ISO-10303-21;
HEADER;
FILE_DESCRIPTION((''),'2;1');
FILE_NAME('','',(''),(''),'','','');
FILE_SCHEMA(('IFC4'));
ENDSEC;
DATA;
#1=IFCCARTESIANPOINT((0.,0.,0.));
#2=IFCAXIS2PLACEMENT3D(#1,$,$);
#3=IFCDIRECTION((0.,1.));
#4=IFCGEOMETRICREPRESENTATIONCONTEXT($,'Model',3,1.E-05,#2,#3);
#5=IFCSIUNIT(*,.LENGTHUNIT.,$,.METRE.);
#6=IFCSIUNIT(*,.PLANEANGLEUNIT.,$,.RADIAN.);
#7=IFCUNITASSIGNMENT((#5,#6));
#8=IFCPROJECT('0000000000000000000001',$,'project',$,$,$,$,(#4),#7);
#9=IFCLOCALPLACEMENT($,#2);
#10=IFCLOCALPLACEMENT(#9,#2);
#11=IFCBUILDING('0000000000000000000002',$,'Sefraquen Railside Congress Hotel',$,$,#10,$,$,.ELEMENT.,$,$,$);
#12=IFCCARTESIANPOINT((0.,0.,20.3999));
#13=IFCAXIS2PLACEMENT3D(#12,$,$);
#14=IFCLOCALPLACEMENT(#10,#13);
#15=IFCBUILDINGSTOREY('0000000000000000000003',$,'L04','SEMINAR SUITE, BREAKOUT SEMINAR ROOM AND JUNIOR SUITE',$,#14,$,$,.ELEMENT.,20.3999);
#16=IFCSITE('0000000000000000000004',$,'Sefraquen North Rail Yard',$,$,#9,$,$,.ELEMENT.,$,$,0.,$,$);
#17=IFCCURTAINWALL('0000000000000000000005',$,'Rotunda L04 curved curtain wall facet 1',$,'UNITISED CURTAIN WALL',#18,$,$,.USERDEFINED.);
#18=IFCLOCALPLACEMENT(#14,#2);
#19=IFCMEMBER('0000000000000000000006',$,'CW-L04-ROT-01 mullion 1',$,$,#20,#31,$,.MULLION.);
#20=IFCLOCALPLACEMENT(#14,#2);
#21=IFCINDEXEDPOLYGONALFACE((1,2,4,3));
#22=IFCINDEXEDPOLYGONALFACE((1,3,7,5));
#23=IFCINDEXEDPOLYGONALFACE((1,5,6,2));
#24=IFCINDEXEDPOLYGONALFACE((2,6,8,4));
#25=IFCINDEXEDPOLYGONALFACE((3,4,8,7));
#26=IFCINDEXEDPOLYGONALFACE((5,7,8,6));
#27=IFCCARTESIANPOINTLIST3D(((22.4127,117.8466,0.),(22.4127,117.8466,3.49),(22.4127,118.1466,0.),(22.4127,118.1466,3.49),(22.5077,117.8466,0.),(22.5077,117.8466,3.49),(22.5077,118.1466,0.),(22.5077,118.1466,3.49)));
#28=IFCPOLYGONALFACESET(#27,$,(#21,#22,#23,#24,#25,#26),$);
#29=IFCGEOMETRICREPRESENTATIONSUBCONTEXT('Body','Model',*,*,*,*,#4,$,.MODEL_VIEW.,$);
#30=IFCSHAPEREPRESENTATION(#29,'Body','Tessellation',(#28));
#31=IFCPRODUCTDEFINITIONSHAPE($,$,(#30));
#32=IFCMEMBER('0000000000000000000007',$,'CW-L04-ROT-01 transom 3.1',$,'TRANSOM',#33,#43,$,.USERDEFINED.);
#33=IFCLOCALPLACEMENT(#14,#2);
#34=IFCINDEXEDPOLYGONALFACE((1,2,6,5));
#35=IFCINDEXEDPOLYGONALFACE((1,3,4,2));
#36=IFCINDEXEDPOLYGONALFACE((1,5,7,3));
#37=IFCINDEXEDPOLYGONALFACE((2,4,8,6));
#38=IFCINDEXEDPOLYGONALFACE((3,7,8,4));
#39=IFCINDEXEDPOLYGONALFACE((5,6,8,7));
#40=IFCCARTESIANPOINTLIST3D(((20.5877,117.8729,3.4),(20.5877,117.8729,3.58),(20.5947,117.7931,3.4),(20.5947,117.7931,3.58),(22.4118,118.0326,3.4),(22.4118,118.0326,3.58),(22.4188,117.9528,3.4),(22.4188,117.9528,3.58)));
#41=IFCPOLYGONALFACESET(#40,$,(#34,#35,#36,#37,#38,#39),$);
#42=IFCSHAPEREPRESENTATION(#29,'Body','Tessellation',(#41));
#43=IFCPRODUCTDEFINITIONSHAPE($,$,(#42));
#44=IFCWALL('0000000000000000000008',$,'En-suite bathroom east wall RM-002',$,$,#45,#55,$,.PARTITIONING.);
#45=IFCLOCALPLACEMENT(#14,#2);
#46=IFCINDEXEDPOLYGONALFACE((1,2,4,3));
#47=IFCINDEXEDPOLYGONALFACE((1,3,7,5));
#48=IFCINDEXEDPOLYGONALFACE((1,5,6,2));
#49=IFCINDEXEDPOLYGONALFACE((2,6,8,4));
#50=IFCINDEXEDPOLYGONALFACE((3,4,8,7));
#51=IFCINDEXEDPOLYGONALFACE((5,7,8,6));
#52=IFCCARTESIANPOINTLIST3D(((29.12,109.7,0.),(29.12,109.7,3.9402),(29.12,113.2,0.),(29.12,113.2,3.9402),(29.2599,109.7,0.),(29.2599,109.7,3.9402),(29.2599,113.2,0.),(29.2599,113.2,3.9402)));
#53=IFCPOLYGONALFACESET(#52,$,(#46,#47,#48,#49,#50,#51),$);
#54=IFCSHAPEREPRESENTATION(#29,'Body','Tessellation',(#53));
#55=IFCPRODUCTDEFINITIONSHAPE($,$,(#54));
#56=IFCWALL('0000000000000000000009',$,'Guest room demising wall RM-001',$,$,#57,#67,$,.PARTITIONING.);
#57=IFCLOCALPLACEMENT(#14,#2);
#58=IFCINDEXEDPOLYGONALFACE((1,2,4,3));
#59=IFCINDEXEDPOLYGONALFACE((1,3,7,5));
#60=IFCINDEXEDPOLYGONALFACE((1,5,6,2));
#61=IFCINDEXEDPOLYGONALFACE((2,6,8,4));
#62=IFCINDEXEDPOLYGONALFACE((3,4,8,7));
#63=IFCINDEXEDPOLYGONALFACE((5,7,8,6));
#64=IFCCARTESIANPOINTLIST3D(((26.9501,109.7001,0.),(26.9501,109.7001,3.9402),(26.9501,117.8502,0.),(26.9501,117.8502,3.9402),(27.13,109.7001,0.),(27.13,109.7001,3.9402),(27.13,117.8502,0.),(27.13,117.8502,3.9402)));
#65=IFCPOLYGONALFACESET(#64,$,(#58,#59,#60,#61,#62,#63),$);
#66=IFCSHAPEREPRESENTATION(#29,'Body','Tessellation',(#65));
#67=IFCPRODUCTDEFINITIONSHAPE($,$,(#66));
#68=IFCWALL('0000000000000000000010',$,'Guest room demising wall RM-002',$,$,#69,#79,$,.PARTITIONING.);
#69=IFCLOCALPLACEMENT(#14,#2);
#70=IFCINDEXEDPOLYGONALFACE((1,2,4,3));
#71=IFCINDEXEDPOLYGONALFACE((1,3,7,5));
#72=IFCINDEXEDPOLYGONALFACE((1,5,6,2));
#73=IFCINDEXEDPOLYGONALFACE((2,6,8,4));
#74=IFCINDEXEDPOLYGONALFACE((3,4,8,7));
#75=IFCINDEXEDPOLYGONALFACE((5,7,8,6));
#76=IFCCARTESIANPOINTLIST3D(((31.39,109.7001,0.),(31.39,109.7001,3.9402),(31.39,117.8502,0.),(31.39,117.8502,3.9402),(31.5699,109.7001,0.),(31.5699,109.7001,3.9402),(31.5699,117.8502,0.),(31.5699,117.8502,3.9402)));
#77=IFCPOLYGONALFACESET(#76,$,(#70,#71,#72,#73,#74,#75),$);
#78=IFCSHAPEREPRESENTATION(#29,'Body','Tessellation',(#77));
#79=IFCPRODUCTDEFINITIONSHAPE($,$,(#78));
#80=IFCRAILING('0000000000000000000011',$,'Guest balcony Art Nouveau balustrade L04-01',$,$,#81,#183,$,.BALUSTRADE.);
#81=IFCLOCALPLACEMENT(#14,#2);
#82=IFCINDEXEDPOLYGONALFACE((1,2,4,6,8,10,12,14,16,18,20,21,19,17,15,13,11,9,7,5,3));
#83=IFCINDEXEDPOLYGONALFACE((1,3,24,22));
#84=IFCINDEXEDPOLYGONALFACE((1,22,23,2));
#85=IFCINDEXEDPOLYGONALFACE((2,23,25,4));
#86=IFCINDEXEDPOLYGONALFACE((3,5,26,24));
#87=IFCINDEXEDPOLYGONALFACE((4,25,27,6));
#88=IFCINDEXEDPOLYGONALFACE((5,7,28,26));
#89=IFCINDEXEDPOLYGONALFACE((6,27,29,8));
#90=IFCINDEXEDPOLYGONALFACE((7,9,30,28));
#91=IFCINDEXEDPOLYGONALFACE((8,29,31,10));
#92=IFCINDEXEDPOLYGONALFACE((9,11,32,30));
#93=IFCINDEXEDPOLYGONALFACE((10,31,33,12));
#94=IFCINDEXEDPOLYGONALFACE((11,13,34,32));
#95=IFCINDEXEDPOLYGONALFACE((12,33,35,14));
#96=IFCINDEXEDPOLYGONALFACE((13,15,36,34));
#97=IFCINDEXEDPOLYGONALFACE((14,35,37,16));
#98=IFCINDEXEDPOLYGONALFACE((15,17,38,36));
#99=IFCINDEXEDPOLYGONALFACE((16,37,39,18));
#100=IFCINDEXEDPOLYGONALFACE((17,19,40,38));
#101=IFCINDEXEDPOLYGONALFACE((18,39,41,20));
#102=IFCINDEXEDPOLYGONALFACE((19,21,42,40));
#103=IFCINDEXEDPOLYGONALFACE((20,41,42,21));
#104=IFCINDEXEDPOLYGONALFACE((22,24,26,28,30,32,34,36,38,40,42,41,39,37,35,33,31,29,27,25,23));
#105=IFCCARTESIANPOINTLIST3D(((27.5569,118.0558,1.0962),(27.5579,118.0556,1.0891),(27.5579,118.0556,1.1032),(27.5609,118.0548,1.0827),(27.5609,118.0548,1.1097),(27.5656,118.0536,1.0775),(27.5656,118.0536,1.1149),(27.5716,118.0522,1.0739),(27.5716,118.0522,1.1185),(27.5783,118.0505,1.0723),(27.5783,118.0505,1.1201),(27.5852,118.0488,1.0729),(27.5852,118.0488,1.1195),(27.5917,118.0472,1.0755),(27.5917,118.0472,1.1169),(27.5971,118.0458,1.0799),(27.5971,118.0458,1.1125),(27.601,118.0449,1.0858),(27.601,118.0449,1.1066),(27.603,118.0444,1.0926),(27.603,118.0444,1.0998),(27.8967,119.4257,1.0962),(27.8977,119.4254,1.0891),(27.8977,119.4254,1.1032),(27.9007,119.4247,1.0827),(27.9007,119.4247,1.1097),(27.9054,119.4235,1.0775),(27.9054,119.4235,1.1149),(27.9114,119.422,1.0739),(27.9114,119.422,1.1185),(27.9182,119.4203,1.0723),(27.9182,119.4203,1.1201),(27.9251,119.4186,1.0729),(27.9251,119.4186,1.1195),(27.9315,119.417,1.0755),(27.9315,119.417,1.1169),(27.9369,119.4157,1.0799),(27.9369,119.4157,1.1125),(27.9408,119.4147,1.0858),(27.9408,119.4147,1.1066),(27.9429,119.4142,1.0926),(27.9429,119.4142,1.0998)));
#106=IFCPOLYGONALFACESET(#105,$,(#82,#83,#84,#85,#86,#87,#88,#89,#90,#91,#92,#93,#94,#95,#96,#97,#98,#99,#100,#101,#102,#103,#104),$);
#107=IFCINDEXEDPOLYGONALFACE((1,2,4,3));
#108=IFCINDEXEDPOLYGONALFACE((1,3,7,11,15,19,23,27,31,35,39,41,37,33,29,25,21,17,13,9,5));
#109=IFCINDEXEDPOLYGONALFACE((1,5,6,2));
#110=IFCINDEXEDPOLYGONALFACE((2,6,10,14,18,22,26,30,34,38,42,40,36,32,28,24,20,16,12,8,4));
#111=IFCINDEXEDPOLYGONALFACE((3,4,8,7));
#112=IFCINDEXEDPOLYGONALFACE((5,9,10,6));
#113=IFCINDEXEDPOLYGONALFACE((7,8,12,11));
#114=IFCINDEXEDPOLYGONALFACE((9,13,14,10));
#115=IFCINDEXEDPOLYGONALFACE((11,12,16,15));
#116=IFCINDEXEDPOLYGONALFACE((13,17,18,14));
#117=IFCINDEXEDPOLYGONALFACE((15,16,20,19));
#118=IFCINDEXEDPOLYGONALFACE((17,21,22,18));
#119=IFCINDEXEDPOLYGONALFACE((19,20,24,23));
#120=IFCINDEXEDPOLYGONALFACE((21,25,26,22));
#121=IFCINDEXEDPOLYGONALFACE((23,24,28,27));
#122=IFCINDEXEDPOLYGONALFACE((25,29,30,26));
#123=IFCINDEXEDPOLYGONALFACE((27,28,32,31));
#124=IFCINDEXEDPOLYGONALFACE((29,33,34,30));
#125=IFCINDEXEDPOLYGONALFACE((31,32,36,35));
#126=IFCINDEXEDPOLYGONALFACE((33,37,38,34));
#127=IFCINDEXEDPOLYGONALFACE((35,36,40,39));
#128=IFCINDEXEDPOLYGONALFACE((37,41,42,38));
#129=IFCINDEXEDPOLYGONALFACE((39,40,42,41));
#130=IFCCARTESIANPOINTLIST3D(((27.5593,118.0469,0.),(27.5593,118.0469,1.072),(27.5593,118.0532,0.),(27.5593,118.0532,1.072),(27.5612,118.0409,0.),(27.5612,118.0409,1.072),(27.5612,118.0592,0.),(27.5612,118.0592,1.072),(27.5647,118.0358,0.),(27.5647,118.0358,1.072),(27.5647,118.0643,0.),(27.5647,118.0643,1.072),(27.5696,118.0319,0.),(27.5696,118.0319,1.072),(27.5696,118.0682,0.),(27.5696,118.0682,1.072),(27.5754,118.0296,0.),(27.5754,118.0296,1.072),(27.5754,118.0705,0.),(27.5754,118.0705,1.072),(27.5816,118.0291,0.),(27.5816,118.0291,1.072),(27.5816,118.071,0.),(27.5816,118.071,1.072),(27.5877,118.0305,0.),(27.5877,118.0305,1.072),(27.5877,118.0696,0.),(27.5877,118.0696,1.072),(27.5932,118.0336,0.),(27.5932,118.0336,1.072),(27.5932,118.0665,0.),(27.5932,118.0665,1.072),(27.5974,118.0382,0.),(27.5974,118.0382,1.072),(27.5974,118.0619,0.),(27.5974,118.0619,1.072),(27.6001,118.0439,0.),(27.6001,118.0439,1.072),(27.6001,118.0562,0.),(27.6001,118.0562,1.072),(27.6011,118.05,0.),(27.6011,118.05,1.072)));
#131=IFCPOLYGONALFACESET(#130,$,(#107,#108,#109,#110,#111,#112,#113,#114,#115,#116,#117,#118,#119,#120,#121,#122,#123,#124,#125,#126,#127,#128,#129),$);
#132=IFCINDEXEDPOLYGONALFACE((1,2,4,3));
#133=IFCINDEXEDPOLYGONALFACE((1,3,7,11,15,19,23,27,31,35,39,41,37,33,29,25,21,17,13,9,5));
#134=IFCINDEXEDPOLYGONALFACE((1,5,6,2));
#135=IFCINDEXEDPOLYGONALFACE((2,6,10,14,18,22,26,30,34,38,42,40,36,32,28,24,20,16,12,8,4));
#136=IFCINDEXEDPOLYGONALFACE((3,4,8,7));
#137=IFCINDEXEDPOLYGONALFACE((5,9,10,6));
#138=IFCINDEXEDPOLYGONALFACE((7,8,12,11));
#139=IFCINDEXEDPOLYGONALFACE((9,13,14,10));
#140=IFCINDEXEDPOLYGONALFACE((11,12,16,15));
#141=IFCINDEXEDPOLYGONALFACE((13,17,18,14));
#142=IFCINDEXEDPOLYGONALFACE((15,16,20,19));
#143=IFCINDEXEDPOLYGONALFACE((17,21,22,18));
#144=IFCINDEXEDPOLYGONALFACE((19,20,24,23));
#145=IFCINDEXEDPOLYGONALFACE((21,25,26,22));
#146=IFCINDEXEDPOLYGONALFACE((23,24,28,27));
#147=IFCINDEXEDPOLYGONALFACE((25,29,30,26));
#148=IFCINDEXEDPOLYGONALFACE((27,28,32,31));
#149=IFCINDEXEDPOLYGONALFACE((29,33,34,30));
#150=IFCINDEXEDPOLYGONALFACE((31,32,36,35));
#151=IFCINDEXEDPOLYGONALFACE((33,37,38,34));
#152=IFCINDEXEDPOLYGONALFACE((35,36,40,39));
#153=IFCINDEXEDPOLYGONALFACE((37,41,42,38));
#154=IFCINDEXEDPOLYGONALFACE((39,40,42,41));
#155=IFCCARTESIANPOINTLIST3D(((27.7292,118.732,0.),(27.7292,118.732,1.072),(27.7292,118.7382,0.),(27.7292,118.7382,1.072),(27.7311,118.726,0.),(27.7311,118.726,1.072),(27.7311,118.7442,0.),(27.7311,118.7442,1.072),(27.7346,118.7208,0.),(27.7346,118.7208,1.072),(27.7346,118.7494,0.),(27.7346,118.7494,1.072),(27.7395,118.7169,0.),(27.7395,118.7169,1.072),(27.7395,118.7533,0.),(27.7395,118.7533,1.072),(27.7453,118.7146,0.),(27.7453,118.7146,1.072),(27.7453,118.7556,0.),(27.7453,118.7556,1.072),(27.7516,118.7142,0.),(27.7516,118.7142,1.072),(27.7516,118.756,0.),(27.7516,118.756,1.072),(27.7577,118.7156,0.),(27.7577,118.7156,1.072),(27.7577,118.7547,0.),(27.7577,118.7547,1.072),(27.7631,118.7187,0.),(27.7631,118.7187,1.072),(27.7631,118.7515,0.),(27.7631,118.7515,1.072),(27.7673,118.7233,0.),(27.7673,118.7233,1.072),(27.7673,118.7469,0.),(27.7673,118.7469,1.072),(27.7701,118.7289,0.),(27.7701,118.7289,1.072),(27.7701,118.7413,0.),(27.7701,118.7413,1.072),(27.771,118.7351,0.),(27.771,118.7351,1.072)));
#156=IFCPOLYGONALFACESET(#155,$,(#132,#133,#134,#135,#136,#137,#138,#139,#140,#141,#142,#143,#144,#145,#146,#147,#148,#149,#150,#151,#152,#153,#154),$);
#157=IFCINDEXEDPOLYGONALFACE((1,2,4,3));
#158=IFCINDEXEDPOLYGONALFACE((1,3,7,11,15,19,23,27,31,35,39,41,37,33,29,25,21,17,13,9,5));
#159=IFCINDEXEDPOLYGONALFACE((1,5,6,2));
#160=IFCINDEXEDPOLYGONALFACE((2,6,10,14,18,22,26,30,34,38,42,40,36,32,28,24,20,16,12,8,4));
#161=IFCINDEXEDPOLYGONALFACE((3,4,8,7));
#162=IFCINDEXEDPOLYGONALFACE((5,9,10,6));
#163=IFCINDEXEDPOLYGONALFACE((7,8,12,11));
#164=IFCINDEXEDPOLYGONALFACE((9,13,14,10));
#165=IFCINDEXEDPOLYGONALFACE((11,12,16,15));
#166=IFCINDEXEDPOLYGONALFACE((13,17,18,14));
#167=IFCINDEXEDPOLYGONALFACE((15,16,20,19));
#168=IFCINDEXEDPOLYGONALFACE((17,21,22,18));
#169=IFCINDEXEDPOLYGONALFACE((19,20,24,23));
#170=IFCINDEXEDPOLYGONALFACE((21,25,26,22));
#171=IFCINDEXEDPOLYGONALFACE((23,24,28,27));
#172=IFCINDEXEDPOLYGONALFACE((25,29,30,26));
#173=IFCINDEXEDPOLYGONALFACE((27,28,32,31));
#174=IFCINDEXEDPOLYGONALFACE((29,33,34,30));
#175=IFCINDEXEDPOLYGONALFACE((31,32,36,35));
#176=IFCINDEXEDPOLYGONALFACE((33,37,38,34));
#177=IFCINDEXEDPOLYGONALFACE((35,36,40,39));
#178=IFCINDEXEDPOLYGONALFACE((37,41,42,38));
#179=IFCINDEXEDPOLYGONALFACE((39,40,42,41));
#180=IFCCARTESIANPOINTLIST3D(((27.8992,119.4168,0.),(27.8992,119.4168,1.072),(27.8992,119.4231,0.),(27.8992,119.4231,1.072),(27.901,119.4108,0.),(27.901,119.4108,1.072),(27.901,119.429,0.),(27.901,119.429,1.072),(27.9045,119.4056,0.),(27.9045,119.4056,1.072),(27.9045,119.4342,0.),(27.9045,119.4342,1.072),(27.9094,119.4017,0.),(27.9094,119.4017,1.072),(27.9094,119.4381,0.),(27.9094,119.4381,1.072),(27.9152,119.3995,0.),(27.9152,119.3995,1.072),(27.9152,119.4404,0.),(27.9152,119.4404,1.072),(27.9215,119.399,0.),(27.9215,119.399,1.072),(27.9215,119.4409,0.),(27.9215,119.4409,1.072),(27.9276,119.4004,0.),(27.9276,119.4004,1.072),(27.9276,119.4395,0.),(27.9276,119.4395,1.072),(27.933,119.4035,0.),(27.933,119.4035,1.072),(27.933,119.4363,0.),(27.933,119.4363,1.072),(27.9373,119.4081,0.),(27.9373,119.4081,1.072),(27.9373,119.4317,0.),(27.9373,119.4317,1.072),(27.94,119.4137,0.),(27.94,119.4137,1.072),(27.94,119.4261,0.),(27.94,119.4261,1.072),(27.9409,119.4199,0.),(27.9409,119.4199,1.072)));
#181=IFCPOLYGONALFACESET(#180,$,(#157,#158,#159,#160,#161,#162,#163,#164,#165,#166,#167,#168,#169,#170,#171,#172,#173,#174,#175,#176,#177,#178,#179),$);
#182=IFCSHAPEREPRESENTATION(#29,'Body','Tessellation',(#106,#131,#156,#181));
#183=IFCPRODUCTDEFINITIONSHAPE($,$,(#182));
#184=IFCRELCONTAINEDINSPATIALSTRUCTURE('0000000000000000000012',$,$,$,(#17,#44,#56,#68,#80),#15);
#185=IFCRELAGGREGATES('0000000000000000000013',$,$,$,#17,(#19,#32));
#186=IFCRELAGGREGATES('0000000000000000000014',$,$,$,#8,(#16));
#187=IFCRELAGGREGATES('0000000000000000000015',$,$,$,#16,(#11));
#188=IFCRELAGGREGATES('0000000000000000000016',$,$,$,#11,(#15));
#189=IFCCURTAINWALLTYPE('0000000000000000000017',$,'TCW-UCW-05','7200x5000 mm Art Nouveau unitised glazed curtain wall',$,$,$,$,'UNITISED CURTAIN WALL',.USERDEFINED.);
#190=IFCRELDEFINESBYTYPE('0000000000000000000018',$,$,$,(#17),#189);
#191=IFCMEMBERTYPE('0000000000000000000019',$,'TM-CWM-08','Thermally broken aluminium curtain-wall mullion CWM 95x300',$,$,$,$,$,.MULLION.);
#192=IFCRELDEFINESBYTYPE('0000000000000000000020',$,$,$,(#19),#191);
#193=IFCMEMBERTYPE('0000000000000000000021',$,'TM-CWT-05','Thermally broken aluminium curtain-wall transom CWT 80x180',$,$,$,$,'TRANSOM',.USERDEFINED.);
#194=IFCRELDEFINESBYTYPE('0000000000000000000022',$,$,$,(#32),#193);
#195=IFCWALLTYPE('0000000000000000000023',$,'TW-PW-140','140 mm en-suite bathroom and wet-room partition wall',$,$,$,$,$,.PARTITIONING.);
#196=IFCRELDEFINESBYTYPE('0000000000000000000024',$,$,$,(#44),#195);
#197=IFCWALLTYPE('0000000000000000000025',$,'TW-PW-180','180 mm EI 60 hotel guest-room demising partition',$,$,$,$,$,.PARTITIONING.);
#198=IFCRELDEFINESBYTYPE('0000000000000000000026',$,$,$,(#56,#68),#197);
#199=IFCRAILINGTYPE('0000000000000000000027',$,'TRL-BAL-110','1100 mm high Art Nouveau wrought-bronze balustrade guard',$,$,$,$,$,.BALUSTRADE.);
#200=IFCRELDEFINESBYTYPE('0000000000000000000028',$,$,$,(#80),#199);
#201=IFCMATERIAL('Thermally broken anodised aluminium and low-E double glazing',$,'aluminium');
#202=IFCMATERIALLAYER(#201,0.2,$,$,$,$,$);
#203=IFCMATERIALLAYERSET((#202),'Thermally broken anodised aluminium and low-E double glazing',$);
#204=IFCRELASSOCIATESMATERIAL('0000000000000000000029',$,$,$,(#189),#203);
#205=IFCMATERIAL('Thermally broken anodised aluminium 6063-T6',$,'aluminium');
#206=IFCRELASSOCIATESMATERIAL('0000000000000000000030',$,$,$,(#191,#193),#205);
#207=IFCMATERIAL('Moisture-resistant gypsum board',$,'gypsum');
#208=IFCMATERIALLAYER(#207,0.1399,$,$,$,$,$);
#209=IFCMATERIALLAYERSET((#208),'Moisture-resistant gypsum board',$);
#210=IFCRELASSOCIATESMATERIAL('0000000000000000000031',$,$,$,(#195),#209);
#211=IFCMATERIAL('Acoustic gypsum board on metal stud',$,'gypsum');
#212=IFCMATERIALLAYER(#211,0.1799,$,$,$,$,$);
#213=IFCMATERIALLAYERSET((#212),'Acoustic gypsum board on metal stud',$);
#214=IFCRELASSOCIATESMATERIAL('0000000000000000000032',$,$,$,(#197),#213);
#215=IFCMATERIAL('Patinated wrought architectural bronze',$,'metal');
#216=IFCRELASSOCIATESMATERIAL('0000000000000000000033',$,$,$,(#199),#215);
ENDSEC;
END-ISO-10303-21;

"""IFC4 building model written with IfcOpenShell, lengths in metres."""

from ifc_helpers import new_model, si_unit, direction, frame, frame_2d, origin, origin_2d, place, context, subcontext, project, spatial, rectangle, circle, extrude, material, layer, layer_set, material_profile, profile_set, type_object, element, aggregate, save


model = new_model("IFC4")

# Units and contexts
model_context = context("Model", 3, precision=1e-05, world=origin(), true_north=direction((0.0, 1.0)))
body_context = subcontext(model_context, "Body", "Model", "MODEL_VIEW")
ifc_project = project(units=[si_unit("LENGTHUNIT", "METRE"), si_unit("PLANEANGLEUNIT", "RADIAN")], contexts=[model_context])

# Site, building, storey
site_placement = place(None, origin())
site = spatial("IfcSite", under=ifc_project, at=site_placement, Name="Sefraquen North Rail Yard", CompositionType="ELEMENT", RefElevation=0.0)
building_placement = place(site_placement, origin())
building = spatial("IfcBuilding", under=site, at=building_placement, Name="Sefraquen Railside Congress Hotel", CompositionType="ELEMENT")
storey_placement = place(building_placement, frame((0.0, 0.0, 20.3999)))
storey = spatial("IfcBuildingStorey", under=building, at=storey_placement, Name="L04", Description="SEMINAR SUITE, BREAKOUT SEMINAR ROOM AND JUNIOR SUITE", CompositionType="ELEMENT", Elevation=20.3999)

# Curtain wall, members
ifc_material_1 = material(Name="Thermally broken anodised aluminium and low-E double glazing", Category="aluminium")
ifc_layer_1 = layer(ifc_material_1, 0.2)
ifc_layer_set_1 = layer_set([ifc_layer_1], Name="Thermally broken anodised aluminium and low-E double glazing")
curtain_wall_type = type_object("IfcCurtainWallType", Name="TCW-UCW-05", Description="7200x5000 mm Art Nouveau unitised glazed curtain wall", ElementType="UNITISED CURTAIN WALL", PredefinedType="USERDEFINED", material=ifc_layer_set_1)
curtain_wall_placement = place(storey_placement, origin())
curtain_wall = element("IfcCurtainWall", 1, at=curtain_wall_placement, inside=storey, type_object=curtain_wall_type, Name="Rotunda L04 curved curtain wall facet 1", ObjectType="UNITISED CURTAIN WALL", PredefinedType="USERDEFINED")
ifc_material_2 = material(Name="Thermally broken anodised aluminium 6063-T6", Category="aluminium")
ifc_material_profile_1 = material_profile(ifc_material_2, rectangle(XDim=0.095, YDim=0.3, at=origin_2d()), Name="CWM 95x300")
ifc_profile_set_1 = profile_set([ifc_material_profile_1], Name="Thermally broken anodised aluminium 6063-T6")
member_type_1 = type_object("IfcMemberType", Name="TM-CWM-08", Description="Thermally broken aluminium curtain-wall mullion CWM 95x300", PredefinedType="MULLION", material=ifc_profile_set_1)
member_1_placement = place(storey_placement, frame((22.4602, 117.9966, 0.0), z_axis=(0.0, 0.0, 1.0), x_axis=(1.0, 0.0, 0.0)))
member_1 = element("IfcMember", 2, at=member_1_placement, type_object=member_type_1, Name="CW-L04-ROT-01 mullion 1", PredefinedType="MULLION", context=body_context, shape_type="SweptSolid", body=[
    extrude(rectangle(XDim=0.095, YDim=0.3, at=origin_2d()), origin(), (0.0, 0.0, 1.0), 3.49),
])
ifc_material_profile_2 = material_profile(ifc_material_2, rectangle(XDim=0.0801, YDim=0.1799, at=origin_2d()), Name="CWT 80x180")
ifc_profile_set_2 = profile_set([ifc_material_profile_2], Name="Thermally broken anodised aluminium 6063-T6")
member_type_2 = type_object("IfcMemberType", Name="TM-CWT-05", Description="Thermally broken aluminium curtain-wall transom CWT 80x180", ElementType="TRANSOM", PredefinedType="USERDEFINED", material=ifc_profile_set_2)
member_2_placement = place(storey_placement, frame((22.4153, 117.9927, 3.49), z_axis=(-0.99619, -0.087205, 0.0), x_axis=(0.087205, -0.99619, 0.0)))
member_2 = element("IfcMember", 3, at=member_2_placement, type_object=member_type_2, Name="CW-L04-ROT-01 transom 3.1", ObjectType="TRANSOM", PredefinedType="USERDEFINED", context=body_context, shape_type="SweptSolid", body=[
    extrude(rectangle(XDim=0.0801, YDim=0.1799, at=origin_2d()), origin(), (0.0, 0.0, 1.0), 1.8311),
])
aggregate(curtain_wall, [member_1, member_2])

# Shared definitions
ifc_material_3 = material(Name="Moisture-resistant gypsum board", Category="gypsum")
ifc_layer_2 = layer(ifc_material_3, 0.1399)
ifc_layer_set_2 = layer_set([ifc_layer_2], Name="Moisture-resistant gypsum board")
wall_type_1 = type_object("IfcWallType", Name="TW-PW-140", Description="140 mm en-suite bathroom and wet-room partition wall", PredefinedType="PARTITIONING", material=ifc_layer_set_2)

# Wall
wall_1_placement = place(storey_placement, frame((29.1899, 109.7, 0.0), z_axis=(0.0, 0.0, 1.0), x_axis=(0.0, 1.0, 0.0)))
element("IfcWall", 4, at=wall_1_placement, inside=storey, type_object=wall_type_1, Name="En-suite bathroom east wall RM-002", PredefinedType="PARTITIONING", context=body_context, shape_type="SweptSolid", body=[
    extrude(rectangle(XDim=3.5, YDim=0.1399, at=frame_2d((1.75, 0.0))), origin(), (0.0, 0.0, 1.0), 3.9402),
])

# Walls
ifc_material_4 = material(Name="Acoustic gypsum board on metal stud", Category="gypsum")
ifc_layer_3 = layer(ifc_material_4, 0.1799)
ifc_layer_set_3 = layer_set([ifc_layer_3], Name="Acoustic gypsum board on metal stud")
wall_type_2 = type_object("IfcWallType", Name="TW-PW-180", Description="180 mm EI 60 hotel guest-room demising partition", PredefinedType="PARTITIONING", material=ifc_layer_set_3)
for number, where, z_axis, x_axis, name in (
    (5, (27.04, 109.7, 0.0), (0.0, 0.0, 1.0), (0.0, 1.0, 0.0), "Guest room demising wall RM-001"),
    (6, (31.48, 109.7, 0.0), (0.0, 0.0, 1.0), (0.0, 1.0, 0.0), "Guest room demising wall RM-002"),
):
    element("IfcWall", number, at=place(storey_placement, frame(where, z_axis=z_axis, x_axis=x_axis)), inside=storey, type_object=wall_type_2, Name=name, PredefinedType="PARTITIONING", context=body_context, shape_type="SweptSolid", body=[
        extrude(rectangle(XDim=8.1501, YDim=0.1799, at=frame_2d((4.0752, 0.0))), origin(), (0.0, 0.0, 1.0), 3.9402),
    ])

# Railing
ifc_material_5 = material(Name="Patinated wrought architectural bronze", Category="metal")
railing_type = type_object("IfcRailingType", Name="TRL-BAL-110", Description="1100 mm high Art Nouveau wrought-bronze balustrade guard", PredefinedType="BALUSTRADE", material=ifc_material_5)
railing_1_placement = place(storey_placement, frame((27.5801, 118.05, 0.0)))
element("IfcRailing", 7, at=railing_1_placement, inside=storey, type_object=railing_type, Name="Guest balcony Art Nouveau balustrade L04-01", PredefinedType="BALUSTRADE", context=body_context, shape_type="SweptSolid", body=[
    extrude(circle(Radius=0.0239, at=origin_2d()), frame((0.0, 0.0, 1.0962), z_axis=(0.240785, 0.970578, 0.0), x_axis=(-0.970578, 0.240785, 0.0)), (0.0, 0.0, 1.0), 1.4114),
    extrude(circle(Radius=0.021, at=origin_2d()), origin(), (0.0, 0.0, 1.0), 1.072),
    extrude(circle(Radius=0.021, at=origin_2d()), frame((0.1699, 0.6851, 0.0)), (0.0, 0.0, 1.0), 1.072),
    extrude(circle(Radius=0.021, at=origin_2d()), frame((0.3398, 1.3699, 0.0)), (0.0, 0.0, 1.0), 1.072),
])

save(model, "model.ifc")
